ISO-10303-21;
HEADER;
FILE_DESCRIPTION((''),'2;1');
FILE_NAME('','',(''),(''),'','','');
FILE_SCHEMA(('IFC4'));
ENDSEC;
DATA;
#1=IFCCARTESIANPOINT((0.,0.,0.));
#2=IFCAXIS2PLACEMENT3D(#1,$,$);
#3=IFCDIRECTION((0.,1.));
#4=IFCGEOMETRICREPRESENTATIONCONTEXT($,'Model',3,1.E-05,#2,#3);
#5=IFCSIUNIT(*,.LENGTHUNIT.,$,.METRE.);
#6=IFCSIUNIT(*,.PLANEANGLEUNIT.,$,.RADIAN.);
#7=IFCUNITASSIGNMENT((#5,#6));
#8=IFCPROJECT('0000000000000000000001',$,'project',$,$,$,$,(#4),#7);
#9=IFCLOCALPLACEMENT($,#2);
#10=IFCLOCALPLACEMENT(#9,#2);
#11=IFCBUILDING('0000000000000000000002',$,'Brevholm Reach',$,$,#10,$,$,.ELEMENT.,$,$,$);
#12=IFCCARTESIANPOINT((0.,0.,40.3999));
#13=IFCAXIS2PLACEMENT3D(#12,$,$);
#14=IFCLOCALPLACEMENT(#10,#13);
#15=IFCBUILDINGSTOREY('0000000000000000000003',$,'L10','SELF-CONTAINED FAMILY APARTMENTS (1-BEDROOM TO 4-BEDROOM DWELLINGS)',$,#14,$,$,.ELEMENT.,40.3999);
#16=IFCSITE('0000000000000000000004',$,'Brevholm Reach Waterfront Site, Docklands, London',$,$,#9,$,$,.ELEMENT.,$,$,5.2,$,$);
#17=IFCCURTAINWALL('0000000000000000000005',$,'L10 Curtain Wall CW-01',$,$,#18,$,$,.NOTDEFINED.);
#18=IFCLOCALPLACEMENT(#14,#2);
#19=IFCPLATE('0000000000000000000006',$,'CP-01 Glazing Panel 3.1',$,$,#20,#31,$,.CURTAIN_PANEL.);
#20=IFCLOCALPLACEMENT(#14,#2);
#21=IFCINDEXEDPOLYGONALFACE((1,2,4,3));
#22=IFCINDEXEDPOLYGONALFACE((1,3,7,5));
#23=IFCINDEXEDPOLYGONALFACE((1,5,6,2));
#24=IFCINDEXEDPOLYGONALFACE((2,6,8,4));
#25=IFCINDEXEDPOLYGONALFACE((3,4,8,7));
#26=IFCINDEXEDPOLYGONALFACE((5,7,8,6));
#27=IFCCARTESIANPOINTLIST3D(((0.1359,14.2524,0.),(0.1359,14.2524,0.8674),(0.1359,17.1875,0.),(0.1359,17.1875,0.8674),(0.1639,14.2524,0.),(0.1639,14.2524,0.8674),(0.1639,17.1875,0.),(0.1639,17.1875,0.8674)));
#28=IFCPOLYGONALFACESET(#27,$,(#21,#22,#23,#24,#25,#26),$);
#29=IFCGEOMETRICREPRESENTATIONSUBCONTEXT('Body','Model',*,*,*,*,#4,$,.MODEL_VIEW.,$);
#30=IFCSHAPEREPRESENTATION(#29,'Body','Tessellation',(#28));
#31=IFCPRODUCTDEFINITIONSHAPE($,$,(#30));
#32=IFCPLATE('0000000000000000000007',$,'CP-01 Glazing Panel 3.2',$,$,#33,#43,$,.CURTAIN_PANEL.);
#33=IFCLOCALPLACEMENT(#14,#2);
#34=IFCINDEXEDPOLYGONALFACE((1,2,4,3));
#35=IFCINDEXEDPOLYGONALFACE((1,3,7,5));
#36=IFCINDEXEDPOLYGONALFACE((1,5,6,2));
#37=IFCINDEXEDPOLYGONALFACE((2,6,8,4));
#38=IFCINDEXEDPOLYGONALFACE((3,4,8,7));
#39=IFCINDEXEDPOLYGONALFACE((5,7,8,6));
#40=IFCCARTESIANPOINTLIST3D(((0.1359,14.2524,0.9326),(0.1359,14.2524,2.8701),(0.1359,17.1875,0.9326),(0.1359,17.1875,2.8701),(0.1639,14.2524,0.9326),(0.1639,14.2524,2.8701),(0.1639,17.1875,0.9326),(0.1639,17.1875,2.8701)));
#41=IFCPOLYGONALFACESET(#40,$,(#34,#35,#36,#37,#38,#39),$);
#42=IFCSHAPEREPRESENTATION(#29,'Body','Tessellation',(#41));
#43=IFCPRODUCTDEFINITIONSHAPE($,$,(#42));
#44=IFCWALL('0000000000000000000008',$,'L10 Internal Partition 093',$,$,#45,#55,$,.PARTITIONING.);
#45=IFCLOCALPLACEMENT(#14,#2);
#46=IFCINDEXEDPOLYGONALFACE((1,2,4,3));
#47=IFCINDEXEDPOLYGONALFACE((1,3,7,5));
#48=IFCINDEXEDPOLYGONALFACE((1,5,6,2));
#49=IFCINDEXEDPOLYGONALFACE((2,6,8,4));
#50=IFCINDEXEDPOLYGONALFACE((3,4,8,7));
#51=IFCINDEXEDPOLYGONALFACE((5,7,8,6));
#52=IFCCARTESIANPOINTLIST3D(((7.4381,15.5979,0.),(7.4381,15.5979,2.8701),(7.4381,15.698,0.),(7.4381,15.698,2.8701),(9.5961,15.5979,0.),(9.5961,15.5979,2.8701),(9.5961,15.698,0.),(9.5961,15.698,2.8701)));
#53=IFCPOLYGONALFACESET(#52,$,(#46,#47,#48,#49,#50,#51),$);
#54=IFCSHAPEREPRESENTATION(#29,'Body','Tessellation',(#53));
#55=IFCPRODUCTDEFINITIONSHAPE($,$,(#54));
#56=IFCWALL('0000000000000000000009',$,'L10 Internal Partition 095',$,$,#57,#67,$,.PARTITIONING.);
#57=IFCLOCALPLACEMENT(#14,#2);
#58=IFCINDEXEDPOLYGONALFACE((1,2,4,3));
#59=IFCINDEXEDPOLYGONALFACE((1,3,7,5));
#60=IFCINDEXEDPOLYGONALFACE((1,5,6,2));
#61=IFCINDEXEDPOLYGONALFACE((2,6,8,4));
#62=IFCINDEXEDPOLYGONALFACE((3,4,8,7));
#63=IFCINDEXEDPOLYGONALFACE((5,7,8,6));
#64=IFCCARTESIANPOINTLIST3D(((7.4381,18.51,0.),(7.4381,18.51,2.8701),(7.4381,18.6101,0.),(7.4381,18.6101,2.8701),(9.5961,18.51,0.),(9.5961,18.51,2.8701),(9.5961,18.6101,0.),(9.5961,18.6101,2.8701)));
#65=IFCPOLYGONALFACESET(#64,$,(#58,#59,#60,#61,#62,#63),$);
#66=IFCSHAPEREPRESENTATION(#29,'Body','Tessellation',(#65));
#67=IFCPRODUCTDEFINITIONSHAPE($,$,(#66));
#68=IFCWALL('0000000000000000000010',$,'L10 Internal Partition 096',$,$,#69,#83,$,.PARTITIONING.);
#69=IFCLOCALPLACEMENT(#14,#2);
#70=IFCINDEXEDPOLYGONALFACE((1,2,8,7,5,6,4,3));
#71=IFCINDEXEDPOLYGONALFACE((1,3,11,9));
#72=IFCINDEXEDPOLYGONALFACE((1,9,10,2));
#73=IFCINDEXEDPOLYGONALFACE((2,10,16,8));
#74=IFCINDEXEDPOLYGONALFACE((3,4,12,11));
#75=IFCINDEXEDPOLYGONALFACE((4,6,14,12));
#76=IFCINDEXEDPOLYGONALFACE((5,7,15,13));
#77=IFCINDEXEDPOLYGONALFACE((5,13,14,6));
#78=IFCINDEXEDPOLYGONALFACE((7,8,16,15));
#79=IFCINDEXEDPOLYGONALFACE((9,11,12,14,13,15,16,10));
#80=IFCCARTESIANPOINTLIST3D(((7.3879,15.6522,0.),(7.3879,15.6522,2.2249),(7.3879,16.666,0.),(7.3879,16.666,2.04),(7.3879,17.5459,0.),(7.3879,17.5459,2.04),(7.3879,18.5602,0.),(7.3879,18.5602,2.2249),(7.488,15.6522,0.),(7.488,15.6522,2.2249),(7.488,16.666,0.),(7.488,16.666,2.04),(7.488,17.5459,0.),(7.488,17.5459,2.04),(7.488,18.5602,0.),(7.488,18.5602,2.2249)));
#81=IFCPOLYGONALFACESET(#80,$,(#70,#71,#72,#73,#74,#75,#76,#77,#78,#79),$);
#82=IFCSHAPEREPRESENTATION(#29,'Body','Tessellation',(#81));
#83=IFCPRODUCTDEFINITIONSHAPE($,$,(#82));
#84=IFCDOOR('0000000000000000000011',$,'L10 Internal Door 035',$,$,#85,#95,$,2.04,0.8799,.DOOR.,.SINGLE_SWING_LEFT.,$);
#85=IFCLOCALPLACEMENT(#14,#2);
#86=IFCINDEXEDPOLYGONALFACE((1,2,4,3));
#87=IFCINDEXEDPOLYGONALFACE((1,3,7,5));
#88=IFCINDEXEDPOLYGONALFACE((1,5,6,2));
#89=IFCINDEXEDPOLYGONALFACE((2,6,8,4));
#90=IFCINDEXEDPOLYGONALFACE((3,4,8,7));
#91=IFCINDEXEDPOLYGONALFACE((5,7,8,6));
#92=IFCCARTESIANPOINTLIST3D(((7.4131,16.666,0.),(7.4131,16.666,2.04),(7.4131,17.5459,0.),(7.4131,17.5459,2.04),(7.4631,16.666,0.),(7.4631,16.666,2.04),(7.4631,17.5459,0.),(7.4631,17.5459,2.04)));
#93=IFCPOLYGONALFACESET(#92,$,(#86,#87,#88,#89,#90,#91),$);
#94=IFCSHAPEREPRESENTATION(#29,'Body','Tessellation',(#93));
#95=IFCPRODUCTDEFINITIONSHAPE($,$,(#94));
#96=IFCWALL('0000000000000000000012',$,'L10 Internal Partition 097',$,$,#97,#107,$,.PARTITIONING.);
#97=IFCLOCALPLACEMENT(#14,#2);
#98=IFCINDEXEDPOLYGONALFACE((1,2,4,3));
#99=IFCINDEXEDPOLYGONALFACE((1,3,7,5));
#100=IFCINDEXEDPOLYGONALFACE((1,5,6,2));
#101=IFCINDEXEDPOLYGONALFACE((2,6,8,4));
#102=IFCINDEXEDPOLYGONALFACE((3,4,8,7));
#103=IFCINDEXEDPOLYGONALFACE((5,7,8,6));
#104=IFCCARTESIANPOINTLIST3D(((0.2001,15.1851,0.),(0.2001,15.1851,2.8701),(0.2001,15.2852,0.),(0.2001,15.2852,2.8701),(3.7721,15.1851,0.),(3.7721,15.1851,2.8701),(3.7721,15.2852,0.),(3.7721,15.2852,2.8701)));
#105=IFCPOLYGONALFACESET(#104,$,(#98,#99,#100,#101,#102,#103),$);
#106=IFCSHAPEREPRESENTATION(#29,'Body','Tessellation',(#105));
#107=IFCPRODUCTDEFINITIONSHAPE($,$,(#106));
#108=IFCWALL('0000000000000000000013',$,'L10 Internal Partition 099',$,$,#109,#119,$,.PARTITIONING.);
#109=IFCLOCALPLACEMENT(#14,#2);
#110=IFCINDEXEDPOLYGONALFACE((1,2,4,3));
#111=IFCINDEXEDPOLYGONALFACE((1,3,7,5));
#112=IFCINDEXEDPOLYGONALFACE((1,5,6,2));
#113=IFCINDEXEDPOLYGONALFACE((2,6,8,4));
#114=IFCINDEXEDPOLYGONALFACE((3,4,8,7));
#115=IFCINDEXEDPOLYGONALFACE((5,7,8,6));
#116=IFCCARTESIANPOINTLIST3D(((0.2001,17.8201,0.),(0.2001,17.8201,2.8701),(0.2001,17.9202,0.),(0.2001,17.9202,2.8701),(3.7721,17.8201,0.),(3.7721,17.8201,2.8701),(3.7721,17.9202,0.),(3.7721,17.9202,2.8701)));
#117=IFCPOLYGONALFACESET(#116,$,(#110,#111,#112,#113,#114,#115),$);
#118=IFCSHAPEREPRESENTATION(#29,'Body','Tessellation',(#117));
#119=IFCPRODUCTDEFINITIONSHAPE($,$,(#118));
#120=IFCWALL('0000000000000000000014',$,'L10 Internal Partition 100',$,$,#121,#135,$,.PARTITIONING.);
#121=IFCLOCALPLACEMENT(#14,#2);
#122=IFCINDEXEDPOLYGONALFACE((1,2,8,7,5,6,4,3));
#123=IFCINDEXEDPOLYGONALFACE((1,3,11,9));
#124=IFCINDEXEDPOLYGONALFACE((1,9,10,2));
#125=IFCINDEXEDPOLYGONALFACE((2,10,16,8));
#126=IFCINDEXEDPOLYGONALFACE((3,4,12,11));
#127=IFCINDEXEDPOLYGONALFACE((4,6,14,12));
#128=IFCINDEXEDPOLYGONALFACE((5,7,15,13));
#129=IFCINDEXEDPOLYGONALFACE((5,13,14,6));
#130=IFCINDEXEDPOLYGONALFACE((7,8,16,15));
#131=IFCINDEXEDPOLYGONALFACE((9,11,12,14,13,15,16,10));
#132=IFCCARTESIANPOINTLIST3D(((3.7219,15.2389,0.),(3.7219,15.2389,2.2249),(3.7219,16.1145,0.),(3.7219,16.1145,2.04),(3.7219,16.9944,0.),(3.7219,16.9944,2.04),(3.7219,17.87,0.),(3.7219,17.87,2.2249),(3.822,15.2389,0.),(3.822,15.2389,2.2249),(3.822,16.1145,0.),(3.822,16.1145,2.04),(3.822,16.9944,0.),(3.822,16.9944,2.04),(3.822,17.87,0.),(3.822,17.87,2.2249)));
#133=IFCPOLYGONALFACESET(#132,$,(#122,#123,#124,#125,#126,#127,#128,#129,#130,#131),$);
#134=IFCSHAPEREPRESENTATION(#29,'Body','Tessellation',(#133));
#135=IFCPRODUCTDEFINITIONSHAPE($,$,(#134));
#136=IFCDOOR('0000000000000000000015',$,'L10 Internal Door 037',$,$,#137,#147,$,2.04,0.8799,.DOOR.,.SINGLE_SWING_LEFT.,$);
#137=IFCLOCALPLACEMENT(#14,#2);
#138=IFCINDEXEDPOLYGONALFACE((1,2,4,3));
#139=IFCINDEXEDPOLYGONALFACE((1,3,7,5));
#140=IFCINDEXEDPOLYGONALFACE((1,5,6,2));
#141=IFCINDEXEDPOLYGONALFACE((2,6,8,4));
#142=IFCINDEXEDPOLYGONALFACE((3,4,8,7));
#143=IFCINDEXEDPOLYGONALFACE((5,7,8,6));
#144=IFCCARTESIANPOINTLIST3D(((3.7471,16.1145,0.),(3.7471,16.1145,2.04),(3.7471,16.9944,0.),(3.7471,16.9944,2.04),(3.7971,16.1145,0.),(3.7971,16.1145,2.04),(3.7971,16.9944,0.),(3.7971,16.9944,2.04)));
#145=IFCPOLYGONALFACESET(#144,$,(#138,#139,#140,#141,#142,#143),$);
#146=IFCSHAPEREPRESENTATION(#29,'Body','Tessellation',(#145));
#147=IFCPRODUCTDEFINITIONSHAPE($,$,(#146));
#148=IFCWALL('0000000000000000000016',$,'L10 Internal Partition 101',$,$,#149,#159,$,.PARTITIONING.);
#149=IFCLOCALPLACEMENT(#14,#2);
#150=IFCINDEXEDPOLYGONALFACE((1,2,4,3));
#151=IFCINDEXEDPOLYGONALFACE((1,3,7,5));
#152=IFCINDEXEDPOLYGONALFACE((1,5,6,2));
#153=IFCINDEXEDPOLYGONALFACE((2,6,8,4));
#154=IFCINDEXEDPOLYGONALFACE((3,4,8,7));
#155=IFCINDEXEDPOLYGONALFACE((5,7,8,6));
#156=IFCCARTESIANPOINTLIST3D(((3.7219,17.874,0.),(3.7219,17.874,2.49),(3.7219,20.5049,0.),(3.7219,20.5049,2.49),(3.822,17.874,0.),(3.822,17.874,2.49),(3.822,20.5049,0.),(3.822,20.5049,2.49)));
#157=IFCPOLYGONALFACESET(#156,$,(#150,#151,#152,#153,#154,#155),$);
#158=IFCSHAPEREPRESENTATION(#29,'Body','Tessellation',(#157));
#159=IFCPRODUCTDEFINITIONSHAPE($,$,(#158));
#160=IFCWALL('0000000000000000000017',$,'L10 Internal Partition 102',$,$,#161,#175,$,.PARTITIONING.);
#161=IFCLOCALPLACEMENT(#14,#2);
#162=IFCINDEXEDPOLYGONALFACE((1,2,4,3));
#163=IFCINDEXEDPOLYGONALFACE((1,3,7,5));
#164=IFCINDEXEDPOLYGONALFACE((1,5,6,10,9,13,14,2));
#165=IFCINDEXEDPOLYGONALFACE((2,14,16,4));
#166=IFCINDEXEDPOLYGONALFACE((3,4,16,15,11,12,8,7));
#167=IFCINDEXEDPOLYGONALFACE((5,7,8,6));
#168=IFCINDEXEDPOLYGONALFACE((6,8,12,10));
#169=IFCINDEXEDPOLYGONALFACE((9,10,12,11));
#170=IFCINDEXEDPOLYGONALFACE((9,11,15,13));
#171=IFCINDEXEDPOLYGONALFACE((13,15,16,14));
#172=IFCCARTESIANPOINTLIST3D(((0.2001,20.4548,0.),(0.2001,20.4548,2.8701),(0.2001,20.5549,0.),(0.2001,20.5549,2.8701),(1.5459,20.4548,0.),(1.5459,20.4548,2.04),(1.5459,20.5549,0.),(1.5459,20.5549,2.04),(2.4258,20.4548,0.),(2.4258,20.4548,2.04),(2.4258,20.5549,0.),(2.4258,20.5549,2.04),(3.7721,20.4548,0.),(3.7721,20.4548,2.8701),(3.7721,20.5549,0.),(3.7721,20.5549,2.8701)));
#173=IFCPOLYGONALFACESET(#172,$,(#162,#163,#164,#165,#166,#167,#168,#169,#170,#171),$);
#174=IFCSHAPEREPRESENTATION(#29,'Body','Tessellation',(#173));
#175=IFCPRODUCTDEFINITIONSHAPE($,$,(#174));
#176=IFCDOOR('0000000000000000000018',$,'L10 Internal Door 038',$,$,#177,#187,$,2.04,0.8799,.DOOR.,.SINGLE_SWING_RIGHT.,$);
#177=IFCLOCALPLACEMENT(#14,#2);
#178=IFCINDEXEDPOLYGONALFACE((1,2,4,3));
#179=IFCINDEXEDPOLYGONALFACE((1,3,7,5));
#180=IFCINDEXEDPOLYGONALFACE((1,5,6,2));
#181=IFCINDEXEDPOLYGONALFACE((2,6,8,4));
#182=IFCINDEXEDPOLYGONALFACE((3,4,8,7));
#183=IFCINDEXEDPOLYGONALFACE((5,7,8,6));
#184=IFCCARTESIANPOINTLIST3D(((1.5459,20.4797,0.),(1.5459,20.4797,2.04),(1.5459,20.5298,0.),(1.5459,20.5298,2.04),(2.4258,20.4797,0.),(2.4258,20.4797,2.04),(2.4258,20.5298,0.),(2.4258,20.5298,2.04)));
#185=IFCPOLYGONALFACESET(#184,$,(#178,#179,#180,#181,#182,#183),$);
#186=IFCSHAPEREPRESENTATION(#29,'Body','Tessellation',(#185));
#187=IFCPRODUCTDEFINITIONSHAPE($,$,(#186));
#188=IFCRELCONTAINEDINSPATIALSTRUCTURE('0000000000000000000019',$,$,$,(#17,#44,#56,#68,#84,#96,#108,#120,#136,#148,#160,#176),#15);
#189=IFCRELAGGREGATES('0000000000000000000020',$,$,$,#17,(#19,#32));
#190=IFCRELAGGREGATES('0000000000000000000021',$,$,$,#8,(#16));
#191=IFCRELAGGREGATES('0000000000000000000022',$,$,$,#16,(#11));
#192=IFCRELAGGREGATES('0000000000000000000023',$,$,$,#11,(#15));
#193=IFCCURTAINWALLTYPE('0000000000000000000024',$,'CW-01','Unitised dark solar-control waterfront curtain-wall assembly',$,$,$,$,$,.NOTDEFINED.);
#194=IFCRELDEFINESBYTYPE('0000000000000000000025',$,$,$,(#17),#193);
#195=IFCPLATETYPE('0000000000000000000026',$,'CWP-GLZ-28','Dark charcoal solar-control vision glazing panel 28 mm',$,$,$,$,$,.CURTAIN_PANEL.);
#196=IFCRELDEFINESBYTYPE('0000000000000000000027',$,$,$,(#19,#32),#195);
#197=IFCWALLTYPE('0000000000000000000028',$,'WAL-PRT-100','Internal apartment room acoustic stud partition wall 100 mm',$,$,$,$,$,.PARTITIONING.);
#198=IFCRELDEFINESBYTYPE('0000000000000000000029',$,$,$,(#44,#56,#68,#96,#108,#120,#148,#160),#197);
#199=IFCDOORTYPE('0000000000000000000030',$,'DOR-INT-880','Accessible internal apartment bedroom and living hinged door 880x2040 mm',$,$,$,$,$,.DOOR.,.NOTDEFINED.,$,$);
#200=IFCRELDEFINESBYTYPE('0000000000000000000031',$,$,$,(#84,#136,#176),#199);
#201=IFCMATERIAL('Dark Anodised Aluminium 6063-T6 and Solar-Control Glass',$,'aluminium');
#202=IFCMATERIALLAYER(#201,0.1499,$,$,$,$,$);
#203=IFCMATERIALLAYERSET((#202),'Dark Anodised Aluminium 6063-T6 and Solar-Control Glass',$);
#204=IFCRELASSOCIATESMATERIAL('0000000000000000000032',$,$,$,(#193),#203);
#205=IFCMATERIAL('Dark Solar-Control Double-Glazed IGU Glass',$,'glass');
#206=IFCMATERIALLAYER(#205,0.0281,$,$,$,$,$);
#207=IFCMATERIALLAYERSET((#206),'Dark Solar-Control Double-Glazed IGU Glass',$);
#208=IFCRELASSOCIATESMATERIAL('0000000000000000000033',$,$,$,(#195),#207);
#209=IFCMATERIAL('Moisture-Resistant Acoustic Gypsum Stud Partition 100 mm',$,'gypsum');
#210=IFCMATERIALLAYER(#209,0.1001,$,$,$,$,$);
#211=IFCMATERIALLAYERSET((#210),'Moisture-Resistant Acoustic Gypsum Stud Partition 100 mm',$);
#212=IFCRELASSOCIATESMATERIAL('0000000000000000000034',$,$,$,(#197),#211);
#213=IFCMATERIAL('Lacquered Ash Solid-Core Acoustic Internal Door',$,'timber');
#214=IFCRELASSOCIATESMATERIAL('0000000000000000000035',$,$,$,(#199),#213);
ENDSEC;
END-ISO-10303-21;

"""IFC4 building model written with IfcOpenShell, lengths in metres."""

from ifc_helpers import new_model, si_unit, direction, frame, frame_2d, origin, origin_2d, place, context, subcontext, project, spatial, rectangle, extrude, material, layer, layer_set, type_object, element, fill, aggregate, save


model = new_model("IFC4")

# Units and contexts
model_context = context("Model", 3, precision=1e-05, world=origin(), true_north=direction((0.0, 1.0)))
body_context = subcontext(model_context, "Body", "Model", "MODEL_VIEW")
ifc_project = project(units=[si_unit("LENGTHUNIT", "METRE"), si_unit("PLANEANGLEUNIT", "RADIAN")], contexts=[model_context])

# Site, building, storey
site_placement = place(None, origin())
site = spatial("IfcSite", under=ifc_project, at=site_placement, Name="Brevholm Reach Waterfront Site, Docklands, London", CompositionType="ELEMENT", RefElevation=5.2)
building_placement = place(site_placement, origin())
building = spatial("IfcBuilding", under=site, at=building_placement, Name="Brevholm Reach", CompositionType="ELEMENT")
storey_placement = place(building_placement, frame((0.0, 0.0, 40.3999)))
storey = spatial("IfcBuildingStorey", under=building, at=storey_placement, Name="L10", Description="SELF-CONTAINED FAMILY APARTMENTS (1-BEDROOM TO 4-BEDROOM DWELLINGS)", CompositionType="ELEMENT", Elevation=40.3999)

# Curtain wall, plates
ifc_material_1 = material(Name="Dark Anodised Aluminium 6063-T6 and Solar-Control Glass", Category="aluminium")
ifc_layer_1 = layer(ifc_material_1, 0.1499)
ifc_layer_set_1 = layer_set([ifc_layer_1], Name="Dark Anodised Aluminium 6063-T6 and Solar-Control Glass")
curtain_wall_type = type_object("IfcCurtainWallType", Name="CW-01", Description="Unitised dark solar-control waterfront curtain-wall assembly", PredefinedType="NOTDEFINED", material=ifc_layer_set_1)
curtain_wall_placement = place(storey_placement, origin())
curtain_wall = element("IfcCurtainWall", 1, at=curtain_wall_placement, inside=storey, type_object=curtain_wall_type, Name="L10 Curtain Wall CW-01", PredefinedType="NOTDEFINED")
ifc_material_2 = material(Name="Dark Solar-Control Double-Glazed IGU Glass", Category="glass")
ifc_layer_2 = layer(ifc_material_2, 0.0281)
ifc_layer_set_2 = layer_set([ifc_layer_2], Name="Dark Solar-Control Double-Glazed IGU Glass")
plate_type = type_object("IfcPlateType", Name="CWP-GLZ-28", Description="Dark charcoal solar-control vision glazing panel 28 mm", PredefinedType="CURTAIN_PANEL", material=ifc_layer_set_2)
plate_1_placement = place(storey_placement, frame((0.1499, 15.72, 0.0), z_axis=(0.0, 0.0, 1.0), x_axis=(0.0, -1.0, 0.0)))
plate_1 = element("IfcPlate", 2, at=plate_1_placement, type_object=plate_type, Name="CP-01 Glazing Panel 3.1", PredefinedType="CURTAIN_PANEL", context=body_context, shape_type="SweptSolid", body=[
    extrude(rectangle(XDim=2.9351, YDim=0.0281, at=origin_2d()), origin(), (0.0, 0.0, 1.0), 0.8674),
])
plate_2_placement = place(storey_placement, frame((0.1499, 15.72, 0.9326), z_axis=(0.0, 0.0, 1.0), x_axis=(0.0, -1.0, 0.0)))
plate_2 = element("IfcPlate", 3, at=plate_2_placement, type_object=plate_type, Name="CP-01 Glazing Panel 3.2", PredefinedType="CURTAIN_PANEL", context=body_context, shape_type="SweptSolid", body=[
    extrude(rectangle(XDim=2.9351, YDim=0.0281, at=origin_2d()), origin(), (0.0, 0.0, 1.0), 1.9375),
])
aggregate(curtain_wall, [plate_1, plate_2])

# Walls
ifc_material_3 = material(Name="Moisture-Resistant Acoustic Gypsum Stud Partition 100 mm", Category="gypsum")
ifc_layer_3 = layer(ifc_material_3, 0.1001)
ifc_layer_set_3 = layer_set([ifc_layer_3], Name="Moisture-Resistant Acoustic Gypsum Stud Partition 100 mm")
wall_type = type_object("IfcWallType", Name="WAL-PRT-100", Description="Internal apartment room acoustic stud partition wall 100 mm", PredefinedType="PARTITIONING", material=ifc_layer_set_3)
for number, where, z_axis, x_axis, name in (
    (4, (7.438, 15.6479, 0.0), (0.0, 0.0, 1.0), (1.0, 0.0, 0.0), "L10 Internal Partition 093"),
    (5, (7.438, 18.5601, 0.0), (0.0, 0.0, 1.0), (1.0, 0.0, 0.0), "L10 Internal Partition 095"),
):
    element("IfcWall", number, at=place(storey_placement, frame(where, z_axis=z_axis, x_axis=x_axis)), inside=storey, type_object=wall_type, Name=name, PredefinedType="PARTITIONING", context=body_context, shape_type="SweptSolid", body=[
        extrude(rectangle(XDim=2.158, YDim=0.1001, at=frame_2d((1.0791, 0.0))), origin(), (0.0, 0.0, 1.0), 2.8701),
    ])

# Wall, opening, door
wall_1_placement = place(storey_placement, frame((7.438, 15.6521, 0.0), z_axis=(0.0, 0.0, 1.0), x_axis=(0.0, 1.0, 0.0)))
wall_1 = element("IfcWall", 6, at=wall_1_placement, inside=storey, type_object=wall_type, Name="L10 Internal Partition 096", PredefinedType="PARTITIONING", context=body_context, shape_type="SweptSolid", body=[
    extrude(rectangle(XDim=2.908, YDim=0.1001, at=frame_2d((1.4541, 0.0))), origin(), (0.0, 0.0, 1.0), 2.2249),
])
opening_1_placement = place(wall_1_placement, frame((1.0139, 0.0, 0.0)))
opening_1 = element("IfcOpeningElement", 7, at=opening_1_placement, cuts=wall_1, PredefinedType="OPENING", context=body_context, shape_type="SweptSolid", body=[
    extrude(rectangle(XDim=0.8799, YDim=2.04, at=frame_2d((0.4399, 1.02))), frame((0.0, 0.0601, 0.0), z_axis=(0.0, -1.0, 0.0), x_axis=(1.0, 0.0, 0.0)), (0.0, 0.0, 1.0), 0.1201),
])
ifc_material_4 = material(Name="Lacquered Ash Solid-Core Acoustic Internal Door", Category="timber")
door_type = type_object("IfcDoorType", Name="DOR-INT-880", Description="Accessible internal apartment bedroom and living hinged door 880x2040 mm", OperationType="NOTDEFINED", PredefinedType="DOOR", material=ifc_material_4)
door_1_placement = place(opening_1_placement, origin())
door_1 = element("IfcDoor", 8, at=door_1_placement, inside=storey, type_object=door_type, Name="L10 Internal Door 035", OperationType="SINGLE_SWING_LEFT", OverallHeight=2.04, OverallWidth=0.8799, PredefinedType="DOOR", context=body_context, shape_type="SweptSolid", body=[
    extrude(rectangle(XDim=0.8799, YDim=2.04, at=frame_2d((0.4399, 1.02))), frame((0.0, 0.0249, 0.0), z_axis=(0.0, -1.0, 0.0), x_axis=(1.0, 0.0, 0.0)), (0.0, 0.0, 1.0), 0.05),
])
fill(opening_1, door_1)

# Walls
for number, where, z_axis, x_axis, name in (
    (9, (0.2, 15.2351, 0.0), (0.0, 0.0, 1.0), (1.0, 0.0, 0.0), "L10 Internal Partition 097"),
    (10, (0.2, 17.8701, 0.0), (0.0, 0.0, 1.0), (1.0, 0.0, 0.0), "L10 Internal Partition 099"),
):
    element("IfcWall", number, at=place(storey_placement, frame(where, z_axis=z_axis, x_axis=x_axis)), inside=storey, type_object=wall_type, Name=name, PredefinedType="PARTITIONING", context=body_context, shape_type="SweptSolid", body=[
        extrude(rectangle(XDim=3.572, YDim=0.1001, at=frame_2d((1.7861, 0.0))), origin(), (0.0, 0.0, 1.0), 2.8701),
    ])

# Wall, opening, door
wall_2_placement = place(storey_placement, frame((3.772, 15.239, 0.0), z_axis=(0.0, 0.0, 1.0), x_axis=(0.0, 1.0, 0.0)))
wall_2 = element("IfcWall", 11, at=wall_2_placement, inside=storey, type_object=wall_type, Name="L10 Internal Partition 100", PredefinedType="PARTITIONING", context=body_context, shape_type="SweptSolid", body=[
    extrude(rectangle(XDim=2.6311, YDim=0.1001, at=frame_2d((1.3154, 0.0))), origin(), (0.0, 0.0, 1.0), 2.2249),
])
opening_2_placement = place(wall_2_placement, frame((0.8755, 0.0, 0.0)))
opening_2 = element("IfcOpeningElement", 12, at=opening_2_placement, cuts=wall_2, PredefinedType="OPENING", context=body_context, shape_type="SweptSolid", body=[
    extrude(rectangle(XDim=0.8799, YDim=2.04, at=frame_2d((0.4399, 1.02))), frame((0.0, 0.0601, 0.0), z_axis=(0.0, -1.0, 0.0), x_axis=(1.0, 0.0, 0.0)), (0.0, 0.0, 1.0), 0.1201),
])
door_2_placement = place(opening_2_placement, origin())
door_2 = element("IfcDoor", 13, at=door_2_placement, inside=storey, type_object=door_type, Name="L10 Internal Door 037", OperationType="SINGLE_SWING_LEFT", OverallHeight=2.04, OverallWidth=0.8799, PredefinedType="DOOR", context=body_context, shape_type="SweptSolid", body=[
    extrude(rectangle(XDim=0.8799, YDim=2.04, at=frame_2d((0.4399, 1.02))), frame((0.0, 0.0249, 0.0), z_axis=(0.0, -1.0, 0.0), x_axis=(1.0, 0.0, 0.0)), (0.0, 0.0, 1.0), 0.05),
])
fill(opening_2, door_2)

# Wall
wall_3_placement = place(storey_placement, frame((3.772, 17.874, 0.0), z_axis=(0.0, 0.0, 1.0), x_axis=(0.0, 1.0, 0.0)))
element("IfcWall", 14, at=wall_3_placement, inside=storey, type_object=wall_type, Name="L10 Internal Partition 101", PredefinedType="PARTITIONING", context=body_context, shape_type="SweptSolid", body=[
    extrude(rectangle(XDim=2.6309, YDim=0.1001, at=frame_2d((1.3154, 0.0))), origin(), (0.0, 0.0, 1.0), 2.49),
])

# Wall, opening, door
wall_4_placement = place(storey_placement, frame((0.2, 20.5049, 0.0), z_axis=(0.0, 0.0, 1.0), x_axis=(1.0, 0.0, 0.0)))
wall_4 = element("IfcWall", 15, at=wall_4_placement, inside=storey, type_object=wall_type, Name="L10 Internal Partition 102", PredefinedType="PARTITIONING", context=body_context, shape_type="SweptSolid", body=[
    extrude(rectangle(XDim=3.572, YDim=0.1001, at=frame_2d((1.7861, 0.0))), origin(), (0.0, 0.0, 1.0), 2.8701),
])
opening_3_placement = place(wall_4_placement, frame((1.3459, 0.0, 0.0)))
opening_3 = element("IfcOpeningElement", 16, at=opening_3_placement, cuts=wall_4, PredefinedType="OPENING", context=body_context, shape_type="SweptSolid", body=[
    extrude(rectangle(XDim=0.8799, YDim=2.04, at=frame_2d((0.4399, 1.02))), frame((0.0, 0.0601, 0.0), z_axis=(0.0, -1.0, 0.0), x_axis=(1.0, 0.0, 0.0)), (0.0, 0.0, 1.0), 0.1201),
])
door_3_placement = place(opening_3_placement, origin())
door_3 = element("IfcDoor", 17, at=door_3_placement, inside=storey, type_object=door_type, Name="L10 Internal Door 038", OperationType="SINGLE_SWING_RIGHT", OverallHeight=2.04, OverallWidth=0.8799, PredefinedType="DOOR", context=body_context, shape_type="SweptSolid", body=[
    extrude(rectangle(XDim=0.8799, YDim=2.04, at=frame_2d((0.4399, 1.02))), frame((0.0, 0.0249, 0.0), z_axis=(0.0, -1.0, 0.0), x_axis=(1.0, 0.0, 0.0)), (0.0, 0.0, 1.0), 0.05),
])
fill(opening_3, door_3)

save(model, "model.ifc")
